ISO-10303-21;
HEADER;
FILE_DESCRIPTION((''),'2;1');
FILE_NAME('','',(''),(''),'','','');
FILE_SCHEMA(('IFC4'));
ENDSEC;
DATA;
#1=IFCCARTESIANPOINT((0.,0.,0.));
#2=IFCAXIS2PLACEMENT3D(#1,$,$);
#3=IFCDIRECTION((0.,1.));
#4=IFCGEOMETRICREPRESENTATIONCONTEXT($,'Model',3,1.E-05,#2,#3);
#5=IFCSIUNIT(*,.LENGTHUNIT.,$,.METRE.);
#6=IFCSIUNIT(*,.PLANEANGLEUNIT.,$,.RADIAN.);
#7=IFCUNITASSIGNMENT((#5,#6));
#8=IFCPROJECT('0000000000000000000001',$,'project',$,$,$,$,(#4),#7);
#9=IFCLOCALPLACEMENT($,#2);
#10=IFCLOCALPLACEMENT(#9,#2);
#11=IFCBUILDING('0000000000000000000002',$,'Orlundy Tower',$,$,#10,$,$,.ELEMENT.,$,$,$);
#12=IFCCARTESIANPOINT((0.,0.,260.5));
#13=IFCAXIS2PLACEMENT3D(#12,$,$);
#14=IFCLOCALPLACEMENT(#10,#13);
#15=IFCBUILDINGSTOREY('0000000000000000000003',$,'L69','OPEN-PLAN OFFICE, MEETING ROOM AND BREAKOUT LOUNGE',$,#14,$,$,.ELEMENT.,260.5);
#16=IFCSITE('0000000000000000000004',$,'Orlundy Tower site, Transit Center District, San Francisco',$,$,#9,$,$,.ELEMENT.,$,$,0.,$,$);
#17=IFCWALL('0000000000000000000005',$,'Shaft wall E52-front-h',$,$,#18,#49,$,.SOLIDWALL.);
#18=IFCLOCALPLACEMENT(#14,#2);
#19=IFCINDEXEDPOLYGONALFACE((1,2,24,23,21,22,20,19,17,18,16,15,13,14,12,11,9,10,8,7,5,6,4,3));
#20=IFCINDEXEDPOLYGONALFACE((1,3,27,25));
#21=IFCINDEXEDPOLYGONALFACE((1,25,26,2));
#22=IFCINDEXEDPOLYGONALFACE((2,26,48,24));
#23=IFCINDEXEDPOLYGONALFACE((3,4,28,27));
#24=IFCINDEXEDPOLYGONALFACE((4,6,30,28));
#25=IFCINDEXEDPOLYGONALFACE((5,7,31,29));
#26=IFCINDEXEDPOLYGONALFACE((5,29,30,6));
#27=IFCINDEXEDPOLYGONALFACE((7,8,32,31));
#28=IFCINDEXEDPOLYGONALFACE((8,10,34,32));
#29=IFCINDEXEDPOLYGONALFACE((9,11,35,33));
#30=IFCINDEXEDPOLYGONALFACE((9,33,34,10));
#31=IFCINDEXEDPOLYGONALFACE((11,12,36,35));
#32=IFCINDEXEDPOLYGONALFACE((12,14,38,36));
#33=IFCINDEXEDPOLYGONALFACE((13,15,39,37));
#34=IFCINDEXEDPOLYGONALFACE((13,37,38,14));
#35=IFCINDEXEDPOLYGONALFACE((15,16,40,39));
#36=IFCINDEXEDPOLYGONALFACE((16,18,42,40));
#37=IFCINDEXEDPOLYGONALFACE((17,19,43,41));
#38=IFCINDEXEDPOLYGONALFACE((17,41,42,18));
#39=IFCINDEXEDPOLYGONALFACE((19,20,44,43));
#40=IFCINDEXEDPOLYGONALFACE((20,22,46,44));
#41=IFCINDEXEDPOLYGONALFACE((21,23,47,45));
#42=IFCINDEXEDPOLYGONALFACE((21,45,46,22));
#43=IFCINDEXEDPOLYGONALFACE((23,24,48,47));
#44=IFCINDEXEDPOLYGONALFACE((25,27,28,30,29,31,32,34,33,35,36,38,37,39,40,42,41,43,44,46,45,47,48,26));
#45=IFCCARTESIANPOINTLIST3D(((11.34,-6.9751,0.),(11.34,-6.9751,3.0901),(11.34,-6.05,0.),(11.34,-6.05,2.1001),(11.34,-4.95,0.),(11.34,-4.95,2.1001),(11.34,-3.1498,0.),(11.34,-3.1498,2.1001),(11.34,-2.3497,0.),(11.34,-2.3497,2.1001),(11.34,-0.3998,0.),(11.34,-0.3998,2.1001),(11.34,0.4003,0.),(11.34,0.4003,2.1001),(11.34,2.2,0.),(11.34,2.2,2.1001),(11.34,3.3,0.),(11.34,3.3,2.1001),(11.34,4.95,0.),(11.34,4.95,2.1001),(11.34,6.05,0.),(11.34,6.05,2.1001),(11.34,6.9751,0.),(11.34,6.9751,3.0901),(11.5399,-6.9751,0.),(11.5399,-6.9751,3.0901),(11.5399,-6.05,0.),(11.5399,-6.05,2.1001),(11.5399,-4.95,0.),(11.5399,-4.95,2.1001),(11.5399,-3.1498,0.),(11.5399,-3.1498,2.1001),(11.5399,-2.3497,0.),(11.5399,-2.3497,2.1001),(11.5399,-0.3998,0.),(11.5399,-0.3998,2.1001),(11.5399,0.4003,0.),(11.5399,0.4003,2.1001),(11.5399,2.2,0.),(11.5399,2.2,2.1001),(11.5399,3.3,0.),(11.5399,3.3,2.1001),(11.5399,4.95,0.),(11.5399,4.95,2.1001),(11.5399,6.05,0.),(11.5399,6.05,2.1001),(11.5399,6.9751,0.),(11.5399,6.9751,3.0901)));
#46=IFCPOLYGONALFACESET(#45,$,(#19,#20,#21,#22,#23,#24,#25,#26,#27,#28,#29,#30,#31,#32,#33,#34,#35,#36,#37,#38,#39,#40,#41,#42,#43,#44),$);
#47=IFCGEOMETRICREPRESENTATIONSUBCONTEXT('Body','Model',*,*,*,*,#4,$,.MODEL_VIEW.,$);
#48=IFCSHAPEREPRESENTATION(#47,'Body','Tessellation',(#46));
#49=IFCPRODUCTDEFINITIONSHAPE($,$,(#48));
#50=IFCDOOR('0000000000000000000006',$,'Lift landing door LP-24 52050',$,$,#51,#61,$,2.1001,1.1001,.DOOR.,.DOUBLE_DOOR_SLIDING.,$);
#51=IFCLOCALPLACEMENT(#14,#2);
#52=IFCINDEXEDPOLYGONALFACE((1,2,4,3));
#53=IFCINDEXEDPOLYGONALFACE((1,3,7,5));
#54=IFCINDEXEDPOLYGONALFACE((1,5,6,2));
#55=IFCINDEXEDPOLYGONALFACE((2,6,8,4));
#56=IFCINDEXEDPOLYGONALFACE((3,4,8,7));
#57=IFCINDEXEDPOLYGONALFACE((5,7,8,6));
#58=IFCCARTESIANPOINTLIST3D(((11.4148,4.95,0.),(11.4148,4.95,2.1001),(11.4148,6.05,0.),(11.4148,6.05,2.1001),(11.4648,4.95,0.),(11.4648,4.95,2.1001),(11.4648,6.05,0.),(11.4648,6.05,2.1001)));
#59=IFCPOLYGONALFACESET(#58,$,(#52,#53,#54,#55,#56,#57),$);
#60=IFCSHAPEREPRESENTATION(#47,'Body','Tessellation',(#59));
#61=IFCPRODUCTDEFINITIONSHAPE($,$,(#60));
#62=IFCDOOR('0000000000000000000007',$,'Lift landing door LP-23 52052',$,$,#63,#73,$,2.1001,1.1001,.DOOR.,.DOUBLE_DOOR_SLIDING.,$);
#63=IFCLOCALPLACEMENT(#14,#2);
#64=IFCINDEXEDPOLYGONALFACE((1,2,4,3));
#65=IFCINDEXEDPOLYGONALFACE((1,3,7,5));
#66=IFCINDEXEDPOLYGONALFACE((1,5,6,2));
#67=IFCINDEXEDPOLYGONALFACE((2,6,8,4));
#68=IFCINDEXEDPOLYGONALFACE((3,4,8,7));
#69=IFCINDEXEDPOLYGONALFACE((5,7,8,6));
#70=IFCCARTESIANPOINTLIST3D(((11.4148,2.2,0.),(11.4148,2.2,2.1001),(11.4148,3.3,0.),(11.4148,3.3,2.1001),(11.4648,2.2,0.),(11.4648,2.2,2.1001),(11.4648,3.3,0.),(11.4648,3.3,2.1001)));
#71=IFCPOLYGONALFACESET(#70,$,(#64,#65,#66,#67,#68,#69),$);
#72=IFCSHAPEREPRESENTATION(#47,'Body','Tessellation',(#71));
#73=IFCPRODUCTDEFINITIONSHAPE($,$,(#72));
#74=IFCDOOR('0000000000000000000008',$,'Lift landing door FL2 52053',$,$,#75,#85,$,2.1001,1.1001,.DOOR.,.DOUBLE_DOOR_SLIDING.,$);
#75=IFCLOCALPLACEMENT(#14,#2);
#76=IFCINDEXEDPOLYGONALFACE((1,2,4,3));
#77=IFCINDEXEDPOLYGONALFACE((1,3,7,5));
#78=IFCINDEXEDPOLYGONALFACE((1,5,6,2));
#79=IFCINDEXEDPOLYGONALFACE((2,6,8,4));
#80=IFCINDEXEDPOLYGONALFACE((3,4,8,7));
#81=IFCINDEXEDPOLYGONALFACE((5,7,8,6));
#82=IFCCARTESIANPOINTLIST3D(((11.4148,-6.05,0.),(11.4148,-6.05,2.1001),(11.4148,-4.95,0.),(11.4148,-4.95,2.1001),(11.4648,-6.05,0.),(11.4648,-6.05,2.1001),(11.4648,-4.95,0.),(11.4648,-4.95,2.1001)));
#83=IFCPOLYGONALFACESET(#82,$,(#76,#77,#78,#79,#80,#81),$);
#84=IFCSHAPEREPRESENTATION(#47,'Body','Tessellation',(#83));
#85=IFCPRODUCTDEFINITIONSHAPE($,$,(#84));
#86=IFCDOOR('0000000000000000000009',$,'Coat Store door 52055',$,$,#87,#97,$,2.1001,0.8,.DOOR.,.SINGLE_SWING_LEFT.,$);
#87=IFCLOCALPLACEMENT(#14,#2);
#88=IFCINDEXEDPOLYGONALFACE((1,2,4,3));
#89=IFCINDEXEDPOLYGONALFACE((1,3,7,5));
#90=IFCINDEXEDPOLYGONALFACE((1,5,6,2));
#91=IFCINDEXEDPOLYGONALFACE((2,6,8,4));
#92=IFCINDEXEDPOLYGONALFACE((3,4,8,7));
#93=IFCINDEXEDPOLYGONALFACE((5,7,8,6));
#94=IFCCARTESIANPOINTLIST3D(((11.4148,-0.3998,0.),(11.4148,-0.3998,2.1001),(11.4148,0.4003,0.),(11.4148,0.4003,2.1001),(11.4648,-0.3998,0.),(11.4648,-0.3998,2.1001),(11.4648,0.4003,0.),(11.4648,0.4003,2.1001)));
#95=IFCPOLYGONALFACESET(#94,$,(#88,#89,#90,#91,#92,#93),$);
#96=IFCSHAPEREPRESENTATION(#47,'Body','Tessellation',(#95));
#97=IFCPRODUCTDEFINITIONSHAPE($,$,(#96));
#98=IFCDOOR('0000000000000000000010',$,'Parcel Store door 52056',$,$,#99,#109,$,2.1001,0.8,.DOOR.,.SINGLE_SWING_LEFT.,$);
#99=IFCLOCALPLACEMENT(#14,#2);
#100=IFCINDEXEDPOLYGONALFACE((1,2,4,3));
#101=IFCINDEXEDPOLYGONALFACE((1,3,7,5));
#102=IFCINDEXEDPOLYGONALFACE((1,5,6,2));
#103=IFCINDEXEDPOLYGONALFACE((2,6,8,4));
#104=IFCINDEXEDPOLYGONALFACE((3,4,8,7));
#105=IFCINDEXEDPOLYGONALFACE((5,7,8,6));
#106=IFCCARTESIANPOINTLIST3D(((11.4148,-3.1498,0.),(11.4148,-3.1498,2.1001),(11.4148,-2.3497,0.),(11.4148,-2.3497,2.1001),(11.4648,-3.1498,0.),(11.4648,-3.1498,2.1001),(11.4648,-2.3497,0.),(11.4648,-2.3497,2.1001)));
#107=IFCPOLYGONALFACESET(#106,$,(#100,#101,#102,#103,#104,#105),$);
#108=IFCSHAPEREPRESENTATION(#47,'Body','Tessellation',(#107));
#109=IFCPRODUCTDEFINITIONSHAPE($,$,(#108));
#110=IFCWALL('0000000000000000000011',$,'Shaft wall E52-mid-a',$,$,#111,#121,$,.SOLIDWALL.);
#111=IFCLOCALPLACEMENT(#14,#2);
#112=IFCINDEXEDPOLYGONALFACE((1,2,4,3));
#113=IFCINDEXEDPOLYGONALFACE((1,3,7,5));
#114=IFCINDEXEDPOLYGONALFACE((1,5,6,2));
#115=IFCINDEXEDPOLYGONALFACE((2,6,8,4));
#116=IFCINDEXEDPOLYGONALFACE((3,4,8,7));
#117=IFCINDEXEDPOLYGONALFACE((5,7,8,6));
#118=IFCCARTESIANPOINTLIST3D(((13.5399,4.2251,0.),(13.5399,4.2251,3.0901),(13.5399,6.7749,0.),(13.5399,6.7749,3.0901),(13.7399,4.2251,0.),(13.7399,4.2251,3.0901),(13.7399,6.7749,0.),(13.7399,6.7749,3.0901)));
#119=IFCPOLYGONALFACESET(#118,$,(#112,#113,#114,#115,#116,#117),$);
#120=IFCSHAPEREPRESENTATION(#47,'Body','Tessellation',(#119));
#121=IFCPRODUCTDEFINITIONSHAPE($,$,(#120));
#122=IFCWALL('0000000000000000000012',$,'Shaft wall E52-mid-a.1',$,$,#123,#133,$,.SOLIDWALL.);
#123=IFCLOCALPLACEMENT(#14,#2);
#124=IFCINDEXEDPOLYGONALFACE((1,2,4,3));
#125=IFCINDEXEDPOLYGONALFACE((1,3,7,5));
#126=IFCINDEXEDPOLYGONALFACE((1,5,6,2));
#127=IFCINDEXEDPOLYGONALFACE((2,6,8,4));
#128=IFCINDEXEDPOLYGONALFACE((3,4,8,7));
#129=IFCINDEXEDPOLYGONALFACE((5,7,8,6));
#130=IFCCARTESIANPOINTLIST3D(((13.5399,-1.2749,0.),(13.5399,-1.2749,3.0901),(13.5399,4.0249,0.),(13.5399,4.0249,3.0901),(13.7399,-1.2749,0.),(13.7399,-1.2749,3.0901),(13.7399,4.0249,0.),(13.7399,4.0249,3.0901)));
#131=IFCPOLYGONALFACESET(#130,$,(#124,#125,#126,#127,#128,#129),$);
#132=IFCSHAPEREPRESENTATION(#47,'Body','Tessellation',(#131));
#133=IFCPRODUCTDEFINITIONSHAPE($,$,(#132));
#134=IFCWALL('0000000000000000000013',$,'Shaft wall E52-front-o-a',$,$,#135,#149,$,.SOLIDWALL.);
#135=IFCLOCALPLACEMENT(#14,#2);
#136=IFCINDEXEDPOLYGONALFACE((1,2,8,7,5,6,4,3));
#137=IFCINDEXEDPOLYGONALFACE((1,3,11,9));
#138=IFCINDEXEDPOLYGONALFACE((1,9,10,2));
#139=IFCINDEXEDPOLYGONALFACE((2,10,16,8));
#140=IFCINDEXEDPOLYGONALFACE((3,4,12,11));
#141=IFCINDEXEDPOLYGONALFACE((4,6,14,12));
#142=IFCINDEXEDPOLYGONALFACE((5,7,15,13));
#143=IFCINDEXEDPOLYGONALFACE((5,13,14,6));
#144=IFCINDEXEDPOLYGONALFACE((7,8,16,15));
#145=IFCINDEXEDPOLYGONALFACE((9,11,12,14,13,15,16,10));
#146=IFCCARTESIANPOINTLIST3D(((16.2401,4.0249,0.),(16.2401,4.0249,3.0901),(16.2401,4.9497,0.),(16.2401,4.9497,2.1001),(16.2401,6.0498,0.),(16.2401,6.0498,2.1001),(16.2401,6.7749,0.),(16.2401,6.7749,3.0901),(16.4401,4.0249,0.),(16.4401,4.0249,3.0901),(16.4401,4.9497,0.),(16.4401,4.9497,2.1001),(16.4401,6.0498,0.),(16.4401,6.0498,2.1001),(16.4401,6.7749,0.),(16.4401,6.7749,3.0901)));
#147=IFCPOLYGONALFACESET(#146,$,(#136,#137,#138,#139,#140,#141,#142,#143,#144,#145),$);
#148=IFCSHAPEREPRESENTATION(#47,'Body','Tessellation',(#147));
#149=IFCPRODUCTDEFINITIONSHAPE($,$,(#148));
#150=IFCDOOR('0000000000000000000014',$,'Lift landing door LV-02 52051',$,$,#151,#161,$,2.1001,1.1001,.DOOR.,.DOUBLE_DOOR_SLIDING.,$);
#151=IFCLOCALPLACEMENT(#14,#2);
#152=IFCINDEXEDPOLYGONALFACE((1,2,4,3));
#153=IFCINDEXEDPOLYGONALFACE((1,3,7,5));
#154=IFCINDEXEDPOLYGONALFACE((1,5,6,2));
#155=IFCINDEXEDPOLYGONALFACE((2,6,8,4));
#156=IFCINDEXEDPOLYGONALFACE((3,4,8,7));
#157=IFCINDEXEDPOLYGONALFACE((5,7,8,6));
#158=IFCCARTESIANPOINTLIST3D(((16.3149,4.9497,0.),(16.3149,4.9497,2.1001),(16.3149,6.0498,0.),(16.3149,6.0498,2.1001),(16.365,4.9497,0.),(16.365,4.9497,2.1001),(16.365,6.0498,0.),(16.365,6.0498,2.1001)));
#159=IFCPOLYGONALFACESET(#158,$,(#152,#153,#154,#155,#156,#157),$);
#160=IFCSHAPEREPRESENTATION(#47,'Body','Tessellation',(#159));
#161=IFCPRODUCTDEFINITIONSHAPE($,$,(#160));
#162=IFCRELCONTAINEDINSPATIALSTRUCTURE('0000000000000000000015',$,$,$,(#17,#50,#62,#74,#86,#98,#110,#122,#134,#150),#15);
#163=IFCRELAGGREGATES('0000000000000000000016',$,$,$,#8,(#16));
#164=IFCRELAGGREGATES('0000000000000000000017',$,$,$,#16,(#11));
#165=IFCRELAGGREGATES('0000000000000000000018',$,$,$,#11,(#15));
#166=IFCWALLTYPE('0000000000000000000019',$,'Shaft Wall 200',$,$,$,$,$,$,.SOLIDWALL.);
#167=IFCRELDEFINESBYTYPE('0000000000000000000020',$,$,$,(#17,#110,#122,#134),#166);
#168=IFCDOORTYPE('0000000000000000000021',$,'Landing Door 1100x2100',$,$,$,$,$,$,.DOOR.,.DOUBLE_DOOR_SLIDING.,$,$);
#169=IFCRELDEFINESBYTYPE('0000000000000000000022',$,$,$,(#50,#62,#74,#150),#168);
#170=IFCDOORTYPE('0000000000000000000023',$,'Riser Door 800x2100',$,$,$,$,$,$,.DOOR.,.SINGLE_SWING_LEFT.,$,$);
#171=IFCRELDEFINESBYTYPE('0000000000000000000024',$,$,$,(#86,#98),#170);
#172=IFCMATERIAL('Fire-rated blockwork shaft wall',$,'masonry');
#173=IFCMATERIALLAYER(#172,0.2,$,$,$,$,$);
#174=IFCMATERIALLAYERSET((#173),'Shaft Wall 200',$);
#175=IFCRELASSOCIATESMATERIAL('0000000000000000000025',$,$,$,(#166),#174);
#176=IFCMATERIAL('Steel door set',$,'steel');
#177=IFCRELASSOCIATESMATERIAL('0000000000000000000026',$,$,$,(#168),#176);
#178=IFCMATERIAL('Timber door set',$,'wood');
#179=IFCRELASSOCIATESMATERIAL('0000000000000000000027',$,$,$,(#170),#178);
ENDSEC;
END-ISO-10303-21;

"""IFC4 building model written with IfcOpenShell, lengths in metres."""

from ifc_helpers import new_model, si_unit, direction, frame, frame_2d, origin, place, context, subcontext, project, spatial, rectangle, extrude, material, layer, layer_set, type_object, element, fill, save


model = new_model("IFC4")

# Units and contexts
model_context = context("Model", 3, precision=1e-05, world=origin(), true_north=direction((0.0, 1.0)))
body_context = subcontext(model_context, "Body", "Model", "MODEL_VIEW")
ifc_project = project(units=[si_unit("LENGTHUNIT", "METRE"), si_unit("PLANEANGLEUNIT", "RADIAN")], contexts=[model_context])

# Site, building, storey
site_placement = place(None, origin())
site = spatial("IfcSite", under=ifc_project, at=site_placement, Name="Orlundy Tower site, Transit Center District, San Francisco", CompositionType="ELEMENT", RefElevation=0.0)
building_placement = place(site_placement, origin())
building = spatial("IfcBuilding", under=site, at=building_placement, Name="Orlundy Tower", CompositionType="ELEMENT")
storey_placement = place(building_placement, frame((0.0, 0.0, 260.5)))
storey = spatial("IfcBuildingStorey", under=building, at=storey_placement, Name="L69", Description="OPEN-PLAN OFFICE, MEETING ROOM AND BREAKOUT LOUNGE", CompositionType="ELEMENT", Elevation=260.5)

# Shared definitions
ifc_material_1 = material(Name="Fire-rated blockwork shaft wall", Category="masonry")
ifc_layer_1 = layer(ifc_material_1, 0.2)
ifc_layer_set_1 = layer_set([ifc_layer_1], Name="Shaft Wall 200")
wall_type_1 = type_object("IfcWallType", Name="Shaft Wall 200", PredefinedType="SOLIDWALL", material=ifc_layer_set_1)

# Wall, openings, doors
wall_1_placement = place(storey_placement, frame((11.4399, 6.9751, 0.0), z_axis=(0.0, 0.0, 1.0), x_axis=(0.0, -1.0, 0.0)))
wall_1 = element("IfcWall", 1, at=wall_1_placement, inside=storey, type_object=wall_type_1, Name="Shaft wall E52-front-h", PredefinedType="SOLIDWALL", context=body_context, shape_type="SweptSolid", body=[
    extrude(rectangle(XDim=13.9502, YDim=0.2, at=frame_2d((6.9751, 0.0))), origin(), (0.0, 0.0, 1.0), 3.0901),
])
opening_1_placement = place(wall_1_placement, frame((0.925, 0.0, 0.0)))
opening_1 = element("IfcOpeningElement", 2, at=opening_1_placement, cuts=wall_1, PredefinedType="OPENING", context=body_context, shape_type="SweptSolid", body=[
    extrude(rectangle(XDim=1.1001, YDim=2.1001, at=frame_2d((0.55, 1.05))), frame((0.0, 0.1101, 0.0), z_axis=(0.0, -1.0, 0.0), x_axis=(1.0, 0.0, 0.0)), (0.0, 0.0, 1.0), 0.2202),
])
opening_2_placement = place(wall_1_placement, frame((3.675, 0.0, 0.0)))
opening_2 = element("IfcOpeningElement", 3, at=opening_2_placement, cuts=wall_1, PredefinedType="OPENING", context=body_context, shape_type="SweptSolid", body=[
    extrude(rectangle(XDim=1.1001, YDim=2.1001, at=frame_2d((0.55, 1.05))), frame((0.0, 0.1101, 0.0), z_axis=(0.0, -1.0, 0.0), x_axis=(1.0, 0.0, 0.0)), (0.0, 0.0, 1.0), 0.2202),
])
opening_3_placement = place(wall_1_placement, frame((11.925, 0.0, 0.0)))
opening_3 = element("IfcOpeningElement", 4, at=opening_3_placement, cuts=wall_1, PredefinedType="OPENING", context=body_context, shape_type="SweptSolid", body=[
    extrude(rectangle(XDim=1.1001, YDim=2.1001, at=frame_2d((0.55, 1.05))), frame((0.0, 0.1101, 0.0), z_axis=(0.0, -1.0, 0.0), x_axis=(1.0, 0.0, 0.0)), (0.0, 0.0, 1.0), 0.2202),
])
opening_4_placement = place(wall_1_placement, frame((6.575, 0.0, 0.0)))
opening_4 = element("IfcOpeningElement", 5, at=opening_4_placement, cuts=wall_1, PredefinedType="OPENING", context=body_context, shape_type="SweptSolid", body=[
    extrude(rectangle(XDim=0.8, YDim=2.1001, at=frame_2d((0.3999, 1.05))), frame((0.0, 0.1101, 0.0), z_axis=(0.0, -1.0, 0.0), x_axis=(1.0, 0.0, 0.0)), (0.0, 0.0, 1.0), 0.2202),
])
opening_5_placement = place(wall_1_placement, frame((9.325, 0.0, 0.0)))
opening_5 = element("IfcOpeningElement", 6, at=opening_5_placement, cuts=wall_1, PredefinedType="OPENING", context=body_context, shape_type="SweptSolid", body=[
    extrude(rectangle(XDim=0.8, YDim=2.1001, at=frame_2d((0.3999, 1.05))), frame((0.0, 0.1101, 0.0), z_axis=(0.0, -1.0, 0.0), x_axis=(1.0, 0.0, 0.0)), (0.0, 0.0, 1.0), 0.2202),
])
ifc_material_2 = material(Name="Steel door set", Category="steel")
door_type_1 = type_object("IfcDoorType", Name="Landing Door 1100x2100", OperationType="DOUBLE_DOOR_SLIDING", PredefinedType="DOOR", material=ifc_material_2)
door_1_placement = place(opening_1_placement, origin())
door_1 = element("IfcDoor", 7, at=door_1_placement, inside=storey, type_object=door_type_1, Name="Lift landing door LP-24 52050", OperationType="DOUBLE_DOOR_SLIDING", OverallHeight=2.1001, OverallWidth=1.1001, PredefinedType="DOOR", context=body_context, shape_type="SweptSolid", body=[
    extrude(rectangle(XDim=1.1001, YDim=2.1001, at=frame_2d((0.55, 1.05))), frame((0.0, 0.0249, 0.0), z_axis=(0.0, -1.0, 0.0), x_axis=(1.0, 0.0, 0.0)), (0.0, 0.0, 1.0), 0.05),
])
fill(opening_1, door_1)
door_2_placement = place(opening_2_placement, origin())
door_2 = element("IfcDoor", 8, at=door_2_placement, inside=storey, type_object=door_type_1, Name="Lift landing door LP-23 52052", OperationType="DOUBLE_DOOR_SLIDING", OverallHeight=2.1001, OverallWidth=1.1001, PredefinedType="DOOR", context=body_context, shape_type="SweptSolid", body=[
    extrude(rectangle(XDim=1.1001, YDim=2.1001, at=frame_2d((0.55, 1.05))), frame((0.0, 0.0249, 0.0), z_axis=(0.0, -1.0, 0.0), x_axis=(1.0, 0.0, 0.0)), (0.0, 0.0, 1.0), 0.05),
])
fill(opening_2, door_2)
door_3_placement = place(opening_3_placement, origin())
door_3 = element("IfcDoor", 9, at=door_3_placement, inside=storey, type_object=door_type_1, Name="Lift landing door FL2 52053", OperationType="DOUBLE_DOOR_SLIDING", OverallHeight=2.1001, OverallWidth=1.1001, PredefinedType="DOOR", context=body_context, shape_type="SweptSolid", body=[
    extrude(rectangle(XDim=1.1001, YDim=2.1001, at=frame_2d((0.55, 1.05))), frame((0.0, 0.0249, 0.0), z_axis=(0.0, -1.0, 0.0), x_axis=(1.0, 0.0, 0.0)), (0.0, 0.0, 1.0), 0.05),
])
fill(opening_3, door_3)
ifc_material_3 = material(Name="Timber door set", Category="wood")
door_type_2 = type_object("IfcDoorType", Name="Riser Door 800x2100", OperationType="SINGLE_SWING_LEFT", PredefinedType="DOOR", material=ifc_material_3)
door_4_placement = place(opening_4_placement, origin())
door_4 = element("IfcDoor", 10, at=door_4_placement, inside=storey, type_object=door_type_2, Name="Coat Store door 52055", OperationType="SINGLE_SWING_LEFT", OverallHeight=2.1001, OverallWidth=0.8, PredefinedType="DOOR", context=body_context, shape_type="SweptSolid", body=[
    extrude(rectangle(XDim=0.8, YDim=2.1001, at=frame_2d((0.3999, 1.05))), frame((0.0, 0.0249, 0.0), z_axis=(0.0, -1.0, 0.0), x_axis=(1.0, 0.0, 0.0)), (0.0, 0.0, 1.0), 0.05),
])
fill(opening_4, door_4)
door_5_placement = place(opening_5_placement, origin())
door_5 = element("IfcDoor", 11, at=door_5_placement, inside=storey, type_object=door_type_2, Name="Parcel Store door 52056", OperationType="SINGLE_SWING_LEFT", OverallHeight=2.1001, OverallWidth=0.8, PredefinedType="DOOR", context=body_context, shape_type="SweptSolid", body=[
    extrude(rectangle(XDim=0.8, YDim=2.1001, at=frame_2d((0.3999, 1.05))), frame((0.0, 0.0249, 0.0), z_axis=(0.0, -1.0, 0.0), x_axis=(1.0, 0.0, 0.0)), (0.0, 0.0, 1.0), 0.05),
])
fill(opening_5, door_5)

# Walls
wall_2_placement = place(storey_placement, frame((13.6399, 6.7749, 0.0), z_axis=(0.0, 0.0, 1.0), x_axis=(0.0, -1.0, 0.0)))
element("IfcWall", 12, at=wall_2_placement, inside=storey, type_object=wall_type_1, Name="Shaft wall E52-mid-a", PredefinedType="SOLIDWALL", context=body_context, shape_type="SweptSolid", body=[
    extrude(rectangle(XDim=2.5498, YDim=0.2, at=frame_2d((1.2749, 0.0))), origin(), (0.0, 0.0, 1.0), 3.0901),
])
wall_3_placement = place(storey_placement, frame((13.6399, 4.0249, 0.0), z_axis=(0.0, 0.0, 1.0), x_axis=(0.0, -1.0, 0.0)))
element("IfcWall", 13, at=wall_3_placement, inside=storey, type_object=wall_type_1, Name="Shaft wall E52-mid-a.1", PredefinedType="SOLIDWALL", context=body_context, shape_type="SweptSolid", body=[
    extrude(rectangle(XDim=5.2998, YDim=0.2, at=frame_2d((2.6499, 0.0))), origin(), (0.0, 0.0, 1.0), 3.0901),
])

# Wall, opening, door
wall_4_placement = place(storey_placement, frame((16.3401, 6.7749, 0.0), z_axis=(0.0, 0.0, 1.0), x_axis=(0.0, -1.0, 0.0)))
wall_4 = element("IfcWall", 14, at=wall_4_placement, inside=storey, type_object=wall_type_1, Name="Shaft wall E52-front-o-a", PredefinedType="SOLIDWALL", context=body_context, shape_type="SweptSolid", body=[
    extrude(rectangle(XDim=2.75, YDim=0.2, at=frame_2d((1.375, 0.0))), origin(), (0.0, 0.0, 1.0), 3.0901),
])
opening_6_placement = place(wall_4_placement, frame((0.7251, 0.0, 0.0)))
opening_6 = element("IfcOpeningElement", 15, at=opening_6_placement, cuts=wall_4, PredefinedType="OPENING", context=body_context, shape_type="SweptSolid", body=[
    extrude(rectangle(XDim=1.1001, YDim=2.1001, at=frame_2d((0.55, 1.05))), frame((0.0, 0.1101, 0.0), z_axis=(0.0, -1.0, 0.0), x_axis=(1.0, 0.0, 0.0)), (0.0, 0.0, 1.0), 0.2202),
])
door_6_placement = place(opening_6_placement, origin())
door_6 = element("IfcDoor", 16, at=door_6_placement, inside=storey, type_object=door_type_1, Name="Lift landing door LV-02 52051", OperationType="DOUBLE_DOOR_SLIDING", OverallHeight=2.1001, OverallWidth=1.1001, PredefinedType="DOOR", context=body_context, shape_type="SweptSolid", body=[
    extrude(rectangle(XDim=1.1001, YDim=2.1001, at=frame_2d((0.55, 1.05))), frame((0.0, 0.0249, 0.0), z_axis=(0.0, -1.0, 0.0), x_axis=(1.0, 0.0, 0.0)), (0.0, 0.0, 1.0), 0.05),
])
fill(opening_6, door_6)

save(model, "model.ifc")
